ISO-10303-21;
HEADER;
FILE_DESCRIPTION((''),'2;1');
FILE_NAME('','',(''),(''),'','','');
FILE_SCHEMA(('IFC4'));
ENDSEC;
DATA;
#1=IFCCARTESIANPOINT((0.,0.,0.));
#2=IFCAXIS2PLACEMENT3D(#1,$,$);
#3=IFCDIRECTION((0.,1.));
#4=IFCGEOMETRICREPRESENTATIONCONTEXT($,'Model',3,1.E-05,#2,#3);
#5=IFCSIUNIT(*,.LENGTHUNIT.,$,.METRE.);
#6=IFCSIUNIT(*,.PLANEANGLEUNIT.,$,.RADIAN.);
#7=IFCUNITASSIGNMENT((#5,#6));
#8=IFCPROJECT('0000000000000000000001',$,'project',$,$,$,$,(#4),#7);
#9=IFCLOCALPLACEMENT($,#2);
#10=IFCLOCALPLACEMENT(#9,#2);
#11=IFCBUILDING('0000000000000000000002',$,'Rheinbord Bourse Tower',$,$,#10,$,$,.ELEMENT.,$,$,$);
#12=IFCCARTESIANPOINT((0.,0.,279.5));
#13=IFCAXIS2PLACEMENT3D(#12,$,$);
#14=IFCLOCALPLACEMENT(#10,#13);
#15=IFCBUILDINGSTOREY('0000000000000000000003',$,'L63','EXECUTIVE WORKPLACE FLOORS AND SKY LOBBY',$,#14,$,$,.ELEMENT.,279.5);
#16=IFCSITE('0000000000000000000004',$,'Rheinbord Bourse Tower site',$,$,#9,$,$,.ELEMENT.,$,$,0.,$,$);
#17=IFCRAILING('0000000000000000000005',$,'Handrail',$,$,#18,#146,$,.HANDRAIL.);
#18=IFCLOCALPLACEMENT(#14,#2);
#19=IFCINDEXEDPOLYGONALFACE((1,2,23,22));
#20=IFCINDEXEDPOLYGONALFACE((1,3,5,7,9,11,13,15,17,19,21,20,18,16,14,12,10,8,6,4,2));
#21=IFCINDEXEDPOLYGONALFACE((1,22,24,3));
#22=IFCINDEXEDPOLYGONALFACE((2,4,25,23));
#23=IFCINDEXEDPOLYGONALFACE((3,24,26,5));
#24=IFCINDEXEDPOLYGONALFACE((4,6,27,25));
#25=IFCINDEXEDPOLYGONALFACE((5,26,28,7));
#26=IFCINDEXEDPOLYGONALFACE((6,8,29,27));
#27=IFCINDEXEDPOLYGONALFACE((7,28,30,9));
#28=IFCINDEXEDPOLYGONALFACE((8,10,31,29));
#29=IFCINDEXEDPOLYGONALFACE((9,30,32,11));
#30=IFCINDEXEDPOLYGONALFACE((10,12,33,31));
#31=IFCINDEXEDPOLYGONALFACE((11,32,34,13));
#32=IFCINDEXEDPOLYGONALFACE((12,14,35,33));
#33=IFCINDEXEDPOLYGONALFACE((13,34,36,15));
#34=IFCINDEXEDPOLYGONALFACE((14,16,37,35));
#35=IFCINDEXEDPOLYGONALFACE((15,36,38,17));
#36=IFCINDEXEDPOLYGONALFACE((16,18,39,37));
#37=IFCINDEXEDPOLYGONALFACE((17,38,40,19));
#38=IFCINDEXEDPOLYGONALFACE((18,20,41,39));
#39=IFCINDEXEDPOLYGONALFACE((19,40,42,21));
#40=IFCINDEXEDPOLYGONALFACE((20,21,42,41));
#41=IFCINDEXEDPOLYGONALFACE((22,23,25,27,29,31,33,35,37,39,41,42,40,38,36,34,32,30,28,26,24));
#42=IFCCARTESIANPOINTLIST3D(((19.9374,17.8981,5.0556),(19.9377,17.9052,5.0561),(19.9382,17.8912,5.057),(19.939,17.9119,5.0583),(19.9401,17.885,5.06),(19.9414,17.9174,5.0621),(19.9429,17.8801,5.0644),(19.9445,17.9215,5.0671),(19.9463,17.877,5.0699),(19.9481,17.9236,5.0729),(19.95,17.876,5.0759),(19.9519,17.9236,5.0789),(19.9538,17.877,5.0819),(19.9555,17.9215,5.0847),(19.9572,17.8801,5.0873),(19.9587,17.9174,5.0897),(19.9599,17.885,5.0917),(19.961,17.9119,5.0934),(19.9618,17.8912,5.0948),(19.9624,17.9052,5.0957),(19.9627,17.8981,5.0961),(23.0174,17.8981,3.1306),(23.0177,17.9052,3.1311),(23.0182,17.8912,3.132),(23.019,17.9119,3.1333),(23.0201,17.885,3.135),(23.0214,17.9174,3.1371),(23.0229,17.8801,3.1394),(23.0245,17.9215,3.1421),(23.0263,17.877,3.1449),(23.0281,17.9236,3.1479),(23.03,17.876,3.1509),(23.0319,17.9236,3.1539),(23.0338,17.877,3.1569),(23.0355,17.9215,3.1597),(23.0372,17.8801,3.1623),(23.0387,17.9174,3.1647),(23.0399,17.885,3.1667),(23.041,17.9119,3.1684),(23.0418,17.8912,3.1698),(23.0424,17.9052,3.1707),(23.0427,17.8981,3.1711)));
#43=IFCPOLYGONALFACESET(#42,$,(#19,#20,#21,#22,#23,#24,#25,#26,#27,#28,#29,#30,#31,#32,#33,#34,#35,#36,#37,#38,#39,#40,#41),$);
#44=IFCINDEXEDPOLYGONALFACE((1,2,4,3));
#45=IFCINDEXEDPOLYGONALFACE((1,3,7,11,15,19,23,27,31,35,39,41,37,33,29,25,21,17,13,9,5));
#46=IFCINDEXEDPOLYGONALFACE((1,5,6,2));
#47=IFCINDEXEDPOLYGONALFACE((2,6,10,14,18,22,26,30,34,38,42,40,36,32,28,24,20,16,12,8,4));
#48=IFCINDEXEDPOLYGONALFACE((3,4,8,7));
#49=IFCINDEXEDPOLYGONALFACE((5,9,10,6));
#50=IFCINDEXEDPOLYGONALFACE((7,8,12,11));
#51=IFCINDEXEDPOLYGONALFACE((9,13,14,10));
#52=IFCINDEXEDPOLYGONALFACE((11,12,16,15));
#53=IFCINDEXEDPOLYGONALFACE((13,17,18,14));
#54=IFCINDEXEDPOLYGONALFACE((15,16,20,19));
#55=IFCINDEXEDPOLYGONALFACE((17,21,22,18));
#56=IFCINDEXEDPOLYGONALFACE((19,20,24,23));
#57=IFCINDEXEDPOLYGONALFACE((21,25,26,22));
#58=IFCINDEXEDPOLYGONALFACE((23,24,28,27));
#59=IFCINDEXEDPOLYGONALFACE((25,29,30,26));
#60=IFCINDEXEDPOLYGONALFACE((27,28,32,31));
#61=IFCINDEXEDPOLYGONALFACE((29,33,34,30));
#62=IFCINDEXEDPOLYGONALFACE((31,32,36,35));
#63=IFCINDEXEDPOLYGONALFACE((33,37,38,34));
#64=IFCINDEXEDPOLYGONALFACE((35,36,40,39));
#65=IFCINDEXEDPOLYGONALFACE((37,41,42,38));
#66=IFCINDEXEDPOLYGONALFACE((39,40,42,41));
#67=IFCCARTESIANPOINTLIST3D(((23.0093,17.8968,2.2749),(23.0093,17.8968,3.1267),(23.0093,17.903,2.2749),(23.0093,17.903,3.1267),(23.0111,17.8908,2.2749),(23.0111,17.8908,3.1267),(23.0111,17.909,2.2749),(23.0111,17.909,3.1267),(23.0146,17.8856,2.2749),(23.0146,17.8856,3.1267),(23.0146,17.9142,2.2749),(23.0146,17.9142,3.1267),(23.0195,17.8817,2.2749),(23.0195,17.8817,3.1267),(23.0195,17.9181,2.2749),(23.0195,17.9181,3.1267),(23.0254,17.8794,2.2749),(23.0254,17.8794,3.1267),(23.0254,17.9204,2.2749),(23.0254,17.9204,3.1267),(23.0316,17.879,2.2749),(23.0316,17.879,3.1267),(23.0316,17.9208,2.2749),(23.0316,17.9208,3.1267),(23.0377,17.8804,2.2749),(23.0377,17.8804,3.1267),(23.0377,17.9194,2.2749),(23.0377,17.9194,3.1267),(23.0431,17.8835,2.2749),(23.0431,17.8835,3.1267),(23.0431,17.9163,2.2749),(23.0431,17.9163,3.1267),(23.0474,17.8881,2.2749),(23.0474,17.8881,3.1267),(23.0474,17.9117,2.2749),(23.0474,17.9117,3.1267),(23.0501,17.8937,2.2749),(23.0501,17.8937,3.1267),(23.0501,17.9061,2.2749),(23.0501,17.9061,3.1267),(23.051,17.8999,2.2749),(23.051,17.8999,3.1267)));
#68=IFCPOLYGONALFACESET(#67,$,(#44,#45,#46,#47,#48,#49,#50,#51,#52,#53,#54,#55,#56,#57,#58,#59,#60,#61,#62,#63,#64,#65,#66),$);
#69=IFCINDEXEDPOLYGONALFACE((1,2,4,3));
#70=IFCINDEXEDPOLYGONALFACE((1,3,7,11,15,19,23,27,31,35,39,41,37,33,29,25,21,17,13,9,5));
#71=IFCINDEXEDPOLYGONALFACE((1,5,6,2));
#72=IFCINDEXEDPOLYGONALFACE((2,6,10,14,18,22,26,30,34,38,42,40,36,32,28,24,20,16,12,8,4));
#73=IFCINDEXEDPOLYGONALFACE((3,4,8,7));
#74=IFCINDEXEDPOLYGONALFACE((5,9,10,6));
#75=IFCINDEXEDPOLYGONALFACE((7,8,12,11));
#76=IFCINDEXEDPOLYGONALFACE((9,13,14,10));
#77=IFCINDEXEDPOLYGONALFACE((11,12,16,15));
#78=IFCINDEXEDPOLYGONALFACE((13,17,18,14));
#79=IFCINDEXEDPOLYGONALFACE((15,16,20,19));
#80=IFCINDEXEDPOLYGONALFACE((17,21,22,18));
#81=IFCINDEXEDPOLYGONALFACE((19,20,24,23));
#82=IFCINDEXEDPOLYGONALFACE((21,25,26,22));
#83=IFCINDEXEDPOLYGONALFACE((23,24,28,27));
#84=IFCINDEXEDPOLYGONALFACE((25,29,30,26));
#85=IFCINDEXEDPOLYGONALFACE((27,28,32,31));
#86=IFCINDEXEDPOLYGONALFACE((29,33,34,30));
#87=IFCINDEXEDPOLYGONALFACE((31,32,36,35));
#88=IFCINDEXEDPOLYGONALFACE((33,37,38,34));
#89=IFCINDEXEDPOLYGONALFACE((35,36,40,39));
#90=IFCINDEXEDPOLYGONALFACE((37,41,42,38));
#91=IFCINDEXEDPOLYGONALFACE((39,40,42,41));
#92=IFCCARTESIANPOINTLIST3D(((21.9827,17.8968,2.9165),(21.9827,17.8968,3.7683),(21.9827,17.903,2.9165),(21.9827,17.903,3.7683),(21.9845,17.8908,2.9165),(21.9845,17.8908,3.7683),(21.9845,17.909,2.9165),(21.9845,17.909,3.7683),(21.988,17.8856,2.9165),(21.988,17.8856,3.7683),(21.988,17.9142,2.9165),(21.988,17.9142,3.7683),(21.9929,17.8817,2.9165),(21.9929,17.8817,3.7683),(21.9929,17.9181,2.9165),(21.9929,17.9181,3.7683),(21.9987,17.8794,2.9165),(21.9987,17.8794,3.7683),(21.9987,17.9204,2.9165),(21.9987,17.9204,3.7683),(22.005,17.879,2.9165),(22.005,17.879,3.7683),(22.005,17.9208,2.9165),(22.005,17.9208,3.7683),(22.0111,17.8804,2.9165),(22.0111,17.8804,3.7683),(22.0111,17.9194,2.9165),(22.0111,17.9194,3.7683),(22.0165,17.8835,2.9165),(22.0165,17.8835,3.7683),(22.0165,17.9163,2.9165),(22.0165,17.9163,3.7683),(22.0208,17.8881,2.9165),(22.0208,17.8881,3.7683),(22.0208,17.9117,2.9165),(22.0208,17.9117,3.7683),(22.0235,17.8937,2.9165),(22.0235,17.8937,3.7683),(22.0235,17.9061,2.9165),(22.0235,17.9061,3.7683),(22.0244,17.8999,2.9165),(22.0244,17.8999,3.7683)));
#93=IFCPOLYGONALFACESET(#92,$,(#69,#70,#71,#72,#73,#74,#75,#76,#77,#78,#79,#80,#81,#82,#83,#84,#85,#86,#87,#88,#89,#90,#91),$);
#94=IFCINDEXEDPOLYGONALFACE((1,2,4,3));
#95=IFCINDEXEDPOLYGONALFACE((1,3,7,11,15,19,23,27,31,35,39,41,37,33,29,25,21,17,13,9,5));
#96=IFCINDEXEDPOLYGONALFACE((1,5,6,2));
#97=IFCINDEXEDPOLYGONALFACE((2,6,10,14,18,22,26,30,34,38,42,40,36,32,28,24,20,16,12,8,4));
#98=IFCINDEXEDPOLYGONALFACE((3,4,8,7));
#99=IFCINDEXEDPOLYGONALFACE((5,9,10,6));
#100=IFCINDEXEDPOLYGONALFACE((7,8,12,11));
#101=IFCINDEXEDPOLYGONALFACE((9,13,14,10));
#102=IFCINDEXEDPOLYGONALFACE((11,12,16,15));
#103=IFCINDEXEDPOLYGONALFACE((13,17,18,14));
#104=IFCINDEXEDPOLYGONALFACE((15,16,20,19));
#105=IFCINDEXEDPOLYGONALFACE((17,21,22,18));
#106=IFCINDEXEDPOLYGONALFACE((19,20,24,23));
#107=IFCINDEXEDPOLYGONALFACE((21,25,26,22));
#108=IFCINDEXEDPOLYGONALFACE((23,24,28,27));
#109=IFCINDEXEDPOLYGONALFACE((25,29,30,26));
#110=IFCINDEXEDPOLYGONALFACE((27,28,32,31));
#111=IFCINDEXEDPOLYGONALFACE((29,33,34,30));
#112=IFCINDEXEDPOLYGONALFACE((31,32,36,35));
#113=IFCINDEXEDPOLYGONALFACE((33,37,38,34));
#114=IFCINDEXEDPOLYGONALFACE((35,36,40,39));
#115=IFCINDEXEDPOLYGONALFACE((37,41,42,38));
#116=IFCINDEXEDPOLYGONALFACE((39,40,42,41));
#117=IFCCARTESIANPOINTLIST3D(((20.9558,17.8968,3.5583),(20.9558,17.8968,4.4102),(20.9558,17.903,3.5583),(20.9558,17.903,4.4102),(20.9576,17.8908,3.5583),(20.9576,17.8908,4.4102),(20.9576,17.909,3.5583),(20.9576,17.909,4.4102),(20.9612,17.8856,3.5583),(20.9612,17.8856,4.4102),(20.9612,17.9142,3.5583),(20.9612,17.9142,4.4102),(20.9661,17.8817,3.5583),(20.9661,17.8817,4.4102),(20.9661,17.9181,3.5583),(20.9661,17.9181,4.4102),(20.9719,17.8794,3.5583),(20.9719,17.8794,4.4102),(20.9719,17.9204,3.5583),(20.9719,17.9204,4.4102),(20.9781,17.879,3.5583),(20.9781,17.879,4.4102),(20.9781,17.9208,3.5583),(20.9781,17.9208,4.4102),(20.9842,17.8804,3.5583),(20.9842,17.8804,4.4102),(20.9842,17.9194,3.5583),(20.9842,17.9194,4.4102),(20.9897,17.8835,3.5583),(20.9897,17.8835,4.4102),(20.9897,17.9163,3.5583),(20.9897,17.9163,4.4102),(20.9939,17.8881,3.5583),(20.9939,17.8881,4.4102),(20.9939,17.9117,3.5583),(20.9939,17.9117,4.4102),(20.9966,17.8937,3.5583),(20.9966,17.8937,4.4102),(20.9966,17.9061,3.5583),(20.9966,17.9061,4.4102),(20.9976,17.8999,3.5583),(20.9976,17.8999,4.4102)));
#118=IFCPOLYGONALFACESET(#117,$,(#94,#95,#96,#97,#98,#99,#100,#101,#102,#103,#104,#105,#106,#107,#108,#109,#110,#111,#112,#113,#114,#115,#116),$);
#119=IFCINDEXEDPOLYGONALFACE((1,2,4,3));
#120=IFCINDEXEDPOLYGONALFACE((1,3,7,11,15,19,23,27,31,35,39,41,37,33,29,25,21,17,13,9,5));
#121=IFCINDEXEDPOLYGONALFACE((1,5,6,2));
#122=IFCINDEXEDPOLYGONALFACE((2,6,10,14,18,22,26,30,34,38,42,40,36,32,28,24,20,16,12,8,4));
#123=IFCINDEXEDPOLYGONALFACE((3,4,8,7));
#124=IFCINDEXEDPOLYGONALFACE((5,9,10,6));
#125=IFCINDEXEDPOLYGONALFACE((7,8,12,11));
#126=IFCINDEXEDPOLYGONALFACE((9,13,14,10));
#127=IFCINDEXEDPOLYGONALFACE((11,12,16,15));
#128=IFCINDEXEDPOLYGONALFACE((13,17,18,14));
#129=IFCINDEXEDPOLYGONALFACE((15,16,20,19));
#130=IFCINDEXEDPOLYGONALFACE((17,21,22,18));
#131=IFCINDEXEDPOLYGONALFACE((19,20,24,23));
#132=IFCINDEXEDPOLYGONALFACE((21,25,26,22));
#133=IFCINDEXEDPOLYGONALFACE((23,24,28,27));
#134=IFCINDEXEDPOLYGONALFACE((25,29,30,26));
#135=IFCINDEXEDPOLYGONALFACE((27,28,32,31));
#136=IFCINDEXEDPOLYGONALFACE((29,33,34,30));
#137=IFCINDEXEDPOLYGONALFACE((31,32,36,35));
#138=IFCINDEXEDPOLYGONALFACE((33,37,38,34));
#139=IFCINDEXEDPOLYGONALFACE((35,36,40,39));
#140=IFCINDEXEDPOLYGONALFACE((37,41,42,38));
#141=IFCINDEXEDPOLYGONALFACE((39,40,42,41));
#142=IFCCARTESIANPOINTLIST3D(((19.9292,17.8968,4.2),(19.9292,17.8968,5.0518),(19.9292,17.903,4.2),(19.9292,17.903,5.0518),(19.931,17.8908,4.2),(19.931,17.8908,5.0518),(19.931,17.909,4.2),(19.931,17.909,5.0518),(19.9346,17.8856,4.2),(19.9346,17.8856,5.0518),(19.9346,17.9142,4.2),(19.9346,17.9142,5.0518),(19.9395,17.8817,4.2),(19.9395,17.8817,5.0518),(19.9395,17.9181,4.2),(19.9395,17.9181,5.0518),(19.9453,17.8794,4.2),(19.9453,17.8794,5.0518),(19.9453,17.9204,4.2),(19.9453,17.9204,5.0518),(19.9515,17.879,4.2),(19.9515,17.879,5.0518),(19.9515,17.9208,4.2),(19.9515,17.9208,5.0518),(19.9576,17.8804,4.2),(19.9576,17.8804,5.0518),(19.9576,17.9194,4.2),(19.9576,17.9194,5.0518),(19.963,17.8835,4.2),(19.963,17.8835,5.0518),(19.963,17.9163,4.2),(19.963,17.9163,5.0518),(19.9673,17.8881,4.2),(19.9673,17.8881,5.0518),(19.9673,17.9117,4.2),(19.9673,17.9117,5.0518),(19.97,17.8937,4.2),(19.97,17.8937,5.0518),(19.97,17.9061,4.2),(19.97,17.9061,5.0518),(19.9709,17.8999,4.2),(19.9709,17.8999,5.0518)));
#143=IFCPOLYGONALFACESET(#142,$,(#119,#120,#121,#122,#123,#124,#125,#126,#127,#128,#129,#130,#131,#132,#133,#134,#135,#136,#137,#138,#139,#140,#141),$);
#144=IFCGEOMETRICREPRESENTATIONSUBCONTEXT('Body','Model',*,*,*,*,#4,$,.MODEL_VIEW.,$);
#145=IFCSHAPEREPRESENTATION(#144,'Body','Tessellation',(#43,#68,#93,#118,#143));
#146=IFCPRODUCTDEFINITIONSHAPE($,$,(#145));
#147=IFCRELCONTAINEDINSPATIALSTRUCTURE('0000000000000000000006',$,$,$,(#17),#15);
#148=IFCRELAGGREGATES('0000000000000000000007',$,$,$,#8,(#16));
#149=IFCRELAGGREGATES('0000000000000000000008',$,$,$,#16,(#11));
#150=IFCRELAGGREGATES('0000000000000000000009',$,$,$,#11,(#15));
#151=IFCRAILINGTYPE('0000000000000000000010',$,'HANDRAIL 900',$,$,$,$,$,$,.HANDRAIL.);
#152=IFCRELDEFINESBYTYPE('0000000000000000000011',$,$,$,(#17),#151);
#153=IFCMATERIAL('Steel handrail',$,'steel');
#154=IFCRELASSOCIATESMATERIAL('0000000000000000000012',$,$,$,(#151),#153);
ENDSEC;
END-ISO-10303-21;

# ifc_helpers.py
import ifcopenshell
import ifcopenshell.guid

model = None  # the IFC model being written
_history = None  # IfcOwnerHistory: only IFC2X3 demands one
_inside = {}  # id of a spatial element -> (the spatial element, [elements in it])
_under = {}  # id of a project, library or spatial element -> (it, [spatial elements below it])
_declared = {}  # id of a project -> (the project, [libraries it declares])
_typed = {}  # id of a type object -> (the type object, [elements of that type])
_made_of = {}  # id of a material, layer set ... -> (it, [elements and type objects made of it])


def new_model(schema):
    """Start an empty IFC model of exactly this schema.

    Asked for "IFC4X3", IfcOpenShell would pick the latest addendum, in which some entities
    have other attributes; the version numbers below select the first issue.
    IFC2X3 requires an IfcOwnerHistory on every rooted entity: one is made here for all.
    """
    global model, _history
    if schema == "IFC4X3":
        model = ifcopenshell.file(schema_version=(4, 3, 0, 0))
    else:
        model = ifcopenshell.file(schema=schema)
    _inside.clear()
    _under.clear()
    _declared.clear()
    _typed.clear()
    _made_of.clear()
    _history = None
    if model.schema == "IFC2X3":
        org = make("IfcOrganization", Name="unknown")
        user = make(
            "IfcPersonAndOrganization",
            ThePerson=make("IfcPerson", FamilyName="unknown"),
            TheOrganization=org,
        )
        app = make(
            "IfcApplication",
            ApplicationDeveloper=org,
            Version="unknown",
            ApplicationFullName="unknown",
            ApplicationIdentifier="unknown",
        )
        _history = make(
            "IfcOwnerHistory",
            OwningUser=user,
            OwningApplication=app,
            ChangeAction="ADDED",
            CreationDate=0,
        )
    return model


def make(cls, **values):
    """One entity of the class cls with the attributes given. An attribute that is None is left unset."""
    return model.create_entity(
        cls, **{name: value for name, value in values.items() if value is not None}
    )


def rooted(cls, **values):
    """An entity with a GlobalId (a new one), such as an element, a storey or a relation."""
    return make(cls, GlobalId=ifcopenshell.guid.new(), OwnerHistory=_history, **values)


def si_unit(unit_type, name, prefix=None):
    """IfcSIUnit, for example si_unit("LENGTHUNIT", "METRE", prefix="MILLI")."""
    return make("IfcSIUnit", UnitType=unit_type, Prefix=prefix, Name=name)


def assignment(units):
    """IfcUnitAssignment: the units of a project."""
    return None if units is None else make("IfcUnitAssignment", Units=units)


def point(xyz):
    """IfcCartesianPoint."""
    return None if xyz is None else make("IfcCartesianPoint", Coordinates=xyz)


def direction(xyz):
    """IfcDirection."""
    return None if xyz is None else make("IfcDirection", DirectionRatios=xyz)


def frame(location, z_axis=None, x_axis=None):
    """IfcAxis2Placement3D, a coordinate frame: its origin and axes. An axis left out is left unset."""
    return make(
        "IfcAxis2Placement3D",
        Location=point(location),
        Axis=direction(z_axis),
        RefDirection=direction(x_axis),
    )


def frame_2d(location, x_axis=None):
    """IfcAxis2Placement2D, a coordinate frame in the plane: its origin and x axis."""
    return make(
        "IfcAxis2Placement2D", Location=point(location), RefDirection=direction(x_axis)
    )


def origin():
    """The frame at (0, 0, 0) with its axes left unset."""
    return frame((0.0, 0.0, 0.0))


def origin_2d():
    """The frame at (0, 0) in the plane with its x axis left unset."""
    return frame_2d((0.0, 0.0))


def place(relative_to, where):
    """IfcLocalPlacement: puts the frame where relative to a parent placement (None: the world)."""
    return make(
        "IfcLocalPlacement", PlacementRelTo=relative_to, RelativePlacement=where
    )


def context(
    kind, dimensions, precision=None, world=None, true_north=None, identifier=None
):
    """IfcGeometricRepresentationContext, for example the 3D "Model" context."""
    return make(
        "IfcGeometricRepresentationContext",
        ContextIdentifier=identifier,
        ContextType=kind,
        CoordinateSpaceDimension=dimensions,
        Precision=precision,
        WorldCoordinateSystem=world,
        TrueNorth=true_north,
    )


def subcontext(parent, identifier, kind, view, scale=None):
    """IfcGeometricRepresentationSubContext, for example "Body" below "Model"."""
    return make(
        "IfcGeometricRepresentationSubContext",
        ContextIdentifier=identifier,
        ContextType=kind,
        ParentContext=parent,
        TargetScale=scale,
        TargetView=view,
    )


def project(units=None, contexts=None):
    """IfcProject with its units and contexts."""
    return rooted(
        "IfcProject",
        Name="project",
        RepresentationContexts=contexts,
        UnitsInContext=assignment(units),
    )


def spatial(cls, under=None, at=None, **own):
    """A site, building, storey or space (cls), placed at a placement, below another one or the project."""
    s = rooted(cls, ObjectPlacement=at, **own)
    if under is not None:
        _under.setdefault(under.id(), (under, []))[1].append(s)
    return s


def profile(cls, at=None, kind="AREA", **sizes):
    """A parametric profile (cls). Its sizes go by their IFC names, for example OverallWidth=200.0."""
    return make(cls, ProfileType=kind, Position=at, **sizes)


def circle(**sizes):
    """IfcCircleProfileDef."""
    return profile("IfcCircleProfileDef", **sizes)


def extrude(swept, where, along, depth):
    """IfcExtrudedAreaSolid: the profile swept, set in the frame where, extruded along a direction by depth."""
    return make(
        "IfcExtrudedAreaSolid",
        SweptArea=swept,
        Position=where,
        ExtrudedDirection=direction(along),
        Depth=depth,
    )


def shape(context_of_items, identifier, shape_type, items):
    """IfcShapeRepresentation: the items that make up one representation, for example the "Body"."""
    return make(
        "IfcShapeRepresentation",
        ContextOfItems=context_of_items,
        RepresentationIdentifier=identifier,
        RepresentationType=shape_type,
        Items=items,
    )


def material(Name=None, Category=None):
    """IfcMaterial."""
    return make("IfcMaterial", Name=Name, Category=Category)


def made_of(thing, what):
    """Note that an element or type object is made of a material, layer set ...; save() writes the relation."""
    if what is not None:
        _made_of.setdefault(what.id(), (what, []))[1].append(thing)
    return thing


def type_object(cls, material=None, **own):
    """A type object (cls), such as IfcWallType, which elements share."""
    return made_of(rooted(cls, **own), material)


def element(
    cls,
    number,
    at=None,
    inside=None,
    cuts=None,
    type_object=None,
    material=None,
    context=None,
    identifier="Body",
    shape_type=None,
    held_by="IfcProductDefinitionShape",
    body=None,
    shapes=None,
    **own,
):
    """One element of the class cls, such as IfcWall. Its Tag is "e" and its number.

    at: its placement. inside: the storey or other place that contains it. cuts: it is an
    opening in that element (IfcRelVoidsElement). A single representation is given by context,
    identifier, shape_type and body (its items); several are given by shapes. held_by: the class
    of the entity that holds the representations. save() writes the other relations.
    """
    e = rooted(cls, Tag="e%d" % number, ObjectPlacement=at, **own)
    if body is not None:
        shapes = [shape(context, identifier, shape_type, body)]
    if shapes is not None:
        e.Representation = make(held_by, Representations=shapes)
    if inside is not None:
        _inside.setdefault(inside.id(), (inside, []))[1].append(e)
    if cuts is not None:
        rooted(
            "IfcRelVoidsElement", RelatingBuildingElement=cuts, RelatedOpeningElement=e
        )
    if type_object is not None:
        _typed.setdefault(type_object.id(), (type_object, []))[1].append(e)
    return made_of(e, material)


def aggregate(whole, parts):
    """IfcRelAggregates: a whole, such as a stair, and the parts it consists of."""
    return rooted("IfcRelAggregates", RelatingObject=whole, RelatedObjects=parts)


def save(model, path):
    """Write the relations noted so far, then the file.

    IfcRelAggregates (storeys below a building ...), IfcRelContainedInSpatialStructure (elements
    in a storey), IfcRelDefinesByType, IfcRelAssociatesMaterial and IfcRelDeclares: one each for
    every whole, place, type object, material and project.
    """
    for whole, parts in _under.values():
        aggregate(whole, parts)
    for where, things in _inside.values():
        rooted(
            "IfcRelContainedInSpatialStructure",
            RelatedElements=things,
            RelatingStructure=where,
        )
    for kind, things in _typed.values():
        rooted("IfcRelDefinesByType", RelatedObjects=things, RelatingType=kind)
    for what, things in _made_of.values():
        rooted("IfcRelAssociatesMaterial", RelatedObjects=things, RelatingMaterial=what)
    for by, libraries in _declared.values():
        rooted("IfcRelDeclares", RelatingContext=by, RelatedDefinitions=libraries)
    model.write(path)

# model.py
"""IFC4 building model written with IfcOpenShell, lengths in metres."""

from ifc_helpers import new_model, si_unit, direction, frame, origin, origin_2d, place, context, subcontext, project, spatial, circle, extrude, material, type_object, element, save


model = new_model("IFC4")

# Units and contexts
model_context = context("Model", 3, precision=1e-05, world=origin(), true_north=direction((0.0, 1.0)))
body_context = subcontext(model_context, "Body", "Model", "MODEL_VIEW")
ifc_project = project(units=[si_unit("LENGTHUNIT", "METRE"), si_unit("PLANEANGLEUNIT", "RADIAN")], contexts=[model_context])

# Site, building, storey
site_placement = place(None, origin())
site = spatial("IfcSite", under=ifc_project, at=site_placement, Name="Rheinbord Bourse Tower site", CompositionType="ELEMENT", RefElevation=0.0)
building_placement = place(site_placement, origin())
building = spatial("IfcBuilding", under=site, at=building_placement, Name="Rheinbord Bourse Tower", CompositionType="ELEMENT")
storey_placement = place(building_placement, frame((0.0, 0.0, 279.5)))
storey = spatial("IfcBuildingStorey", under=building, at=storey_placement, Name="L63", Description="EXECUTIVE WORKPLACE FLOORS AND SKY LOBBY", CompositionType="ELEMENT", Elevation=279.5)

# Railing
ifc_material_1 = material(Name="Steel handrail", Category="steel")
railing_type = type_object("IfcRailingType", Name="HANDRAIL 900", PredefinedType="HANDRAIL", material=ifc_material_1)
railing_1_placement = place(storey_placement, frame((23.03, 17.8999, 2.2749)))
element("IfcRailing", 1, at=railing_1_placement, inside=storey, type_object=railing_type, Name="Handrail", PredefinedType="HANDRAIL", context=body_context, shape_type="SweptSolid", body=[
    extrude(circle(Radius=0.0239, at=origin_2d()), frame((0.0, 0.0, 0.876), z_axis=(-0.847998, 0.0, 0.529999), x_axis=(0.0, -1.0, 0.0)), (0.0, 0.0, 1.0), 3.6321),
    extrude(circle(Radius=0.021, at=origin_2d()), origin(), (0.0, 0.0, 1.0), 0.8518),
    extrude(circle(Radius=0.021, at=origin_2d()), frame((-1.0266, 0.0, 0.6416)), (0.0, 0.0, 1.0), 0.8518),
    extrude(circle(Radius=0.021, at=origin_2d()), frame((-2.0535, 0.0, 1.2834)), (0.0, 0.0, 1.0), 0.8518),
    extrude(circle(Radius=0.021, at=origin_2d()), frame((-3.0801, 0.0, 1.925)), (0.0, 0.0, 1.0), 0.8518),
])

save(model, "model.ifc")
